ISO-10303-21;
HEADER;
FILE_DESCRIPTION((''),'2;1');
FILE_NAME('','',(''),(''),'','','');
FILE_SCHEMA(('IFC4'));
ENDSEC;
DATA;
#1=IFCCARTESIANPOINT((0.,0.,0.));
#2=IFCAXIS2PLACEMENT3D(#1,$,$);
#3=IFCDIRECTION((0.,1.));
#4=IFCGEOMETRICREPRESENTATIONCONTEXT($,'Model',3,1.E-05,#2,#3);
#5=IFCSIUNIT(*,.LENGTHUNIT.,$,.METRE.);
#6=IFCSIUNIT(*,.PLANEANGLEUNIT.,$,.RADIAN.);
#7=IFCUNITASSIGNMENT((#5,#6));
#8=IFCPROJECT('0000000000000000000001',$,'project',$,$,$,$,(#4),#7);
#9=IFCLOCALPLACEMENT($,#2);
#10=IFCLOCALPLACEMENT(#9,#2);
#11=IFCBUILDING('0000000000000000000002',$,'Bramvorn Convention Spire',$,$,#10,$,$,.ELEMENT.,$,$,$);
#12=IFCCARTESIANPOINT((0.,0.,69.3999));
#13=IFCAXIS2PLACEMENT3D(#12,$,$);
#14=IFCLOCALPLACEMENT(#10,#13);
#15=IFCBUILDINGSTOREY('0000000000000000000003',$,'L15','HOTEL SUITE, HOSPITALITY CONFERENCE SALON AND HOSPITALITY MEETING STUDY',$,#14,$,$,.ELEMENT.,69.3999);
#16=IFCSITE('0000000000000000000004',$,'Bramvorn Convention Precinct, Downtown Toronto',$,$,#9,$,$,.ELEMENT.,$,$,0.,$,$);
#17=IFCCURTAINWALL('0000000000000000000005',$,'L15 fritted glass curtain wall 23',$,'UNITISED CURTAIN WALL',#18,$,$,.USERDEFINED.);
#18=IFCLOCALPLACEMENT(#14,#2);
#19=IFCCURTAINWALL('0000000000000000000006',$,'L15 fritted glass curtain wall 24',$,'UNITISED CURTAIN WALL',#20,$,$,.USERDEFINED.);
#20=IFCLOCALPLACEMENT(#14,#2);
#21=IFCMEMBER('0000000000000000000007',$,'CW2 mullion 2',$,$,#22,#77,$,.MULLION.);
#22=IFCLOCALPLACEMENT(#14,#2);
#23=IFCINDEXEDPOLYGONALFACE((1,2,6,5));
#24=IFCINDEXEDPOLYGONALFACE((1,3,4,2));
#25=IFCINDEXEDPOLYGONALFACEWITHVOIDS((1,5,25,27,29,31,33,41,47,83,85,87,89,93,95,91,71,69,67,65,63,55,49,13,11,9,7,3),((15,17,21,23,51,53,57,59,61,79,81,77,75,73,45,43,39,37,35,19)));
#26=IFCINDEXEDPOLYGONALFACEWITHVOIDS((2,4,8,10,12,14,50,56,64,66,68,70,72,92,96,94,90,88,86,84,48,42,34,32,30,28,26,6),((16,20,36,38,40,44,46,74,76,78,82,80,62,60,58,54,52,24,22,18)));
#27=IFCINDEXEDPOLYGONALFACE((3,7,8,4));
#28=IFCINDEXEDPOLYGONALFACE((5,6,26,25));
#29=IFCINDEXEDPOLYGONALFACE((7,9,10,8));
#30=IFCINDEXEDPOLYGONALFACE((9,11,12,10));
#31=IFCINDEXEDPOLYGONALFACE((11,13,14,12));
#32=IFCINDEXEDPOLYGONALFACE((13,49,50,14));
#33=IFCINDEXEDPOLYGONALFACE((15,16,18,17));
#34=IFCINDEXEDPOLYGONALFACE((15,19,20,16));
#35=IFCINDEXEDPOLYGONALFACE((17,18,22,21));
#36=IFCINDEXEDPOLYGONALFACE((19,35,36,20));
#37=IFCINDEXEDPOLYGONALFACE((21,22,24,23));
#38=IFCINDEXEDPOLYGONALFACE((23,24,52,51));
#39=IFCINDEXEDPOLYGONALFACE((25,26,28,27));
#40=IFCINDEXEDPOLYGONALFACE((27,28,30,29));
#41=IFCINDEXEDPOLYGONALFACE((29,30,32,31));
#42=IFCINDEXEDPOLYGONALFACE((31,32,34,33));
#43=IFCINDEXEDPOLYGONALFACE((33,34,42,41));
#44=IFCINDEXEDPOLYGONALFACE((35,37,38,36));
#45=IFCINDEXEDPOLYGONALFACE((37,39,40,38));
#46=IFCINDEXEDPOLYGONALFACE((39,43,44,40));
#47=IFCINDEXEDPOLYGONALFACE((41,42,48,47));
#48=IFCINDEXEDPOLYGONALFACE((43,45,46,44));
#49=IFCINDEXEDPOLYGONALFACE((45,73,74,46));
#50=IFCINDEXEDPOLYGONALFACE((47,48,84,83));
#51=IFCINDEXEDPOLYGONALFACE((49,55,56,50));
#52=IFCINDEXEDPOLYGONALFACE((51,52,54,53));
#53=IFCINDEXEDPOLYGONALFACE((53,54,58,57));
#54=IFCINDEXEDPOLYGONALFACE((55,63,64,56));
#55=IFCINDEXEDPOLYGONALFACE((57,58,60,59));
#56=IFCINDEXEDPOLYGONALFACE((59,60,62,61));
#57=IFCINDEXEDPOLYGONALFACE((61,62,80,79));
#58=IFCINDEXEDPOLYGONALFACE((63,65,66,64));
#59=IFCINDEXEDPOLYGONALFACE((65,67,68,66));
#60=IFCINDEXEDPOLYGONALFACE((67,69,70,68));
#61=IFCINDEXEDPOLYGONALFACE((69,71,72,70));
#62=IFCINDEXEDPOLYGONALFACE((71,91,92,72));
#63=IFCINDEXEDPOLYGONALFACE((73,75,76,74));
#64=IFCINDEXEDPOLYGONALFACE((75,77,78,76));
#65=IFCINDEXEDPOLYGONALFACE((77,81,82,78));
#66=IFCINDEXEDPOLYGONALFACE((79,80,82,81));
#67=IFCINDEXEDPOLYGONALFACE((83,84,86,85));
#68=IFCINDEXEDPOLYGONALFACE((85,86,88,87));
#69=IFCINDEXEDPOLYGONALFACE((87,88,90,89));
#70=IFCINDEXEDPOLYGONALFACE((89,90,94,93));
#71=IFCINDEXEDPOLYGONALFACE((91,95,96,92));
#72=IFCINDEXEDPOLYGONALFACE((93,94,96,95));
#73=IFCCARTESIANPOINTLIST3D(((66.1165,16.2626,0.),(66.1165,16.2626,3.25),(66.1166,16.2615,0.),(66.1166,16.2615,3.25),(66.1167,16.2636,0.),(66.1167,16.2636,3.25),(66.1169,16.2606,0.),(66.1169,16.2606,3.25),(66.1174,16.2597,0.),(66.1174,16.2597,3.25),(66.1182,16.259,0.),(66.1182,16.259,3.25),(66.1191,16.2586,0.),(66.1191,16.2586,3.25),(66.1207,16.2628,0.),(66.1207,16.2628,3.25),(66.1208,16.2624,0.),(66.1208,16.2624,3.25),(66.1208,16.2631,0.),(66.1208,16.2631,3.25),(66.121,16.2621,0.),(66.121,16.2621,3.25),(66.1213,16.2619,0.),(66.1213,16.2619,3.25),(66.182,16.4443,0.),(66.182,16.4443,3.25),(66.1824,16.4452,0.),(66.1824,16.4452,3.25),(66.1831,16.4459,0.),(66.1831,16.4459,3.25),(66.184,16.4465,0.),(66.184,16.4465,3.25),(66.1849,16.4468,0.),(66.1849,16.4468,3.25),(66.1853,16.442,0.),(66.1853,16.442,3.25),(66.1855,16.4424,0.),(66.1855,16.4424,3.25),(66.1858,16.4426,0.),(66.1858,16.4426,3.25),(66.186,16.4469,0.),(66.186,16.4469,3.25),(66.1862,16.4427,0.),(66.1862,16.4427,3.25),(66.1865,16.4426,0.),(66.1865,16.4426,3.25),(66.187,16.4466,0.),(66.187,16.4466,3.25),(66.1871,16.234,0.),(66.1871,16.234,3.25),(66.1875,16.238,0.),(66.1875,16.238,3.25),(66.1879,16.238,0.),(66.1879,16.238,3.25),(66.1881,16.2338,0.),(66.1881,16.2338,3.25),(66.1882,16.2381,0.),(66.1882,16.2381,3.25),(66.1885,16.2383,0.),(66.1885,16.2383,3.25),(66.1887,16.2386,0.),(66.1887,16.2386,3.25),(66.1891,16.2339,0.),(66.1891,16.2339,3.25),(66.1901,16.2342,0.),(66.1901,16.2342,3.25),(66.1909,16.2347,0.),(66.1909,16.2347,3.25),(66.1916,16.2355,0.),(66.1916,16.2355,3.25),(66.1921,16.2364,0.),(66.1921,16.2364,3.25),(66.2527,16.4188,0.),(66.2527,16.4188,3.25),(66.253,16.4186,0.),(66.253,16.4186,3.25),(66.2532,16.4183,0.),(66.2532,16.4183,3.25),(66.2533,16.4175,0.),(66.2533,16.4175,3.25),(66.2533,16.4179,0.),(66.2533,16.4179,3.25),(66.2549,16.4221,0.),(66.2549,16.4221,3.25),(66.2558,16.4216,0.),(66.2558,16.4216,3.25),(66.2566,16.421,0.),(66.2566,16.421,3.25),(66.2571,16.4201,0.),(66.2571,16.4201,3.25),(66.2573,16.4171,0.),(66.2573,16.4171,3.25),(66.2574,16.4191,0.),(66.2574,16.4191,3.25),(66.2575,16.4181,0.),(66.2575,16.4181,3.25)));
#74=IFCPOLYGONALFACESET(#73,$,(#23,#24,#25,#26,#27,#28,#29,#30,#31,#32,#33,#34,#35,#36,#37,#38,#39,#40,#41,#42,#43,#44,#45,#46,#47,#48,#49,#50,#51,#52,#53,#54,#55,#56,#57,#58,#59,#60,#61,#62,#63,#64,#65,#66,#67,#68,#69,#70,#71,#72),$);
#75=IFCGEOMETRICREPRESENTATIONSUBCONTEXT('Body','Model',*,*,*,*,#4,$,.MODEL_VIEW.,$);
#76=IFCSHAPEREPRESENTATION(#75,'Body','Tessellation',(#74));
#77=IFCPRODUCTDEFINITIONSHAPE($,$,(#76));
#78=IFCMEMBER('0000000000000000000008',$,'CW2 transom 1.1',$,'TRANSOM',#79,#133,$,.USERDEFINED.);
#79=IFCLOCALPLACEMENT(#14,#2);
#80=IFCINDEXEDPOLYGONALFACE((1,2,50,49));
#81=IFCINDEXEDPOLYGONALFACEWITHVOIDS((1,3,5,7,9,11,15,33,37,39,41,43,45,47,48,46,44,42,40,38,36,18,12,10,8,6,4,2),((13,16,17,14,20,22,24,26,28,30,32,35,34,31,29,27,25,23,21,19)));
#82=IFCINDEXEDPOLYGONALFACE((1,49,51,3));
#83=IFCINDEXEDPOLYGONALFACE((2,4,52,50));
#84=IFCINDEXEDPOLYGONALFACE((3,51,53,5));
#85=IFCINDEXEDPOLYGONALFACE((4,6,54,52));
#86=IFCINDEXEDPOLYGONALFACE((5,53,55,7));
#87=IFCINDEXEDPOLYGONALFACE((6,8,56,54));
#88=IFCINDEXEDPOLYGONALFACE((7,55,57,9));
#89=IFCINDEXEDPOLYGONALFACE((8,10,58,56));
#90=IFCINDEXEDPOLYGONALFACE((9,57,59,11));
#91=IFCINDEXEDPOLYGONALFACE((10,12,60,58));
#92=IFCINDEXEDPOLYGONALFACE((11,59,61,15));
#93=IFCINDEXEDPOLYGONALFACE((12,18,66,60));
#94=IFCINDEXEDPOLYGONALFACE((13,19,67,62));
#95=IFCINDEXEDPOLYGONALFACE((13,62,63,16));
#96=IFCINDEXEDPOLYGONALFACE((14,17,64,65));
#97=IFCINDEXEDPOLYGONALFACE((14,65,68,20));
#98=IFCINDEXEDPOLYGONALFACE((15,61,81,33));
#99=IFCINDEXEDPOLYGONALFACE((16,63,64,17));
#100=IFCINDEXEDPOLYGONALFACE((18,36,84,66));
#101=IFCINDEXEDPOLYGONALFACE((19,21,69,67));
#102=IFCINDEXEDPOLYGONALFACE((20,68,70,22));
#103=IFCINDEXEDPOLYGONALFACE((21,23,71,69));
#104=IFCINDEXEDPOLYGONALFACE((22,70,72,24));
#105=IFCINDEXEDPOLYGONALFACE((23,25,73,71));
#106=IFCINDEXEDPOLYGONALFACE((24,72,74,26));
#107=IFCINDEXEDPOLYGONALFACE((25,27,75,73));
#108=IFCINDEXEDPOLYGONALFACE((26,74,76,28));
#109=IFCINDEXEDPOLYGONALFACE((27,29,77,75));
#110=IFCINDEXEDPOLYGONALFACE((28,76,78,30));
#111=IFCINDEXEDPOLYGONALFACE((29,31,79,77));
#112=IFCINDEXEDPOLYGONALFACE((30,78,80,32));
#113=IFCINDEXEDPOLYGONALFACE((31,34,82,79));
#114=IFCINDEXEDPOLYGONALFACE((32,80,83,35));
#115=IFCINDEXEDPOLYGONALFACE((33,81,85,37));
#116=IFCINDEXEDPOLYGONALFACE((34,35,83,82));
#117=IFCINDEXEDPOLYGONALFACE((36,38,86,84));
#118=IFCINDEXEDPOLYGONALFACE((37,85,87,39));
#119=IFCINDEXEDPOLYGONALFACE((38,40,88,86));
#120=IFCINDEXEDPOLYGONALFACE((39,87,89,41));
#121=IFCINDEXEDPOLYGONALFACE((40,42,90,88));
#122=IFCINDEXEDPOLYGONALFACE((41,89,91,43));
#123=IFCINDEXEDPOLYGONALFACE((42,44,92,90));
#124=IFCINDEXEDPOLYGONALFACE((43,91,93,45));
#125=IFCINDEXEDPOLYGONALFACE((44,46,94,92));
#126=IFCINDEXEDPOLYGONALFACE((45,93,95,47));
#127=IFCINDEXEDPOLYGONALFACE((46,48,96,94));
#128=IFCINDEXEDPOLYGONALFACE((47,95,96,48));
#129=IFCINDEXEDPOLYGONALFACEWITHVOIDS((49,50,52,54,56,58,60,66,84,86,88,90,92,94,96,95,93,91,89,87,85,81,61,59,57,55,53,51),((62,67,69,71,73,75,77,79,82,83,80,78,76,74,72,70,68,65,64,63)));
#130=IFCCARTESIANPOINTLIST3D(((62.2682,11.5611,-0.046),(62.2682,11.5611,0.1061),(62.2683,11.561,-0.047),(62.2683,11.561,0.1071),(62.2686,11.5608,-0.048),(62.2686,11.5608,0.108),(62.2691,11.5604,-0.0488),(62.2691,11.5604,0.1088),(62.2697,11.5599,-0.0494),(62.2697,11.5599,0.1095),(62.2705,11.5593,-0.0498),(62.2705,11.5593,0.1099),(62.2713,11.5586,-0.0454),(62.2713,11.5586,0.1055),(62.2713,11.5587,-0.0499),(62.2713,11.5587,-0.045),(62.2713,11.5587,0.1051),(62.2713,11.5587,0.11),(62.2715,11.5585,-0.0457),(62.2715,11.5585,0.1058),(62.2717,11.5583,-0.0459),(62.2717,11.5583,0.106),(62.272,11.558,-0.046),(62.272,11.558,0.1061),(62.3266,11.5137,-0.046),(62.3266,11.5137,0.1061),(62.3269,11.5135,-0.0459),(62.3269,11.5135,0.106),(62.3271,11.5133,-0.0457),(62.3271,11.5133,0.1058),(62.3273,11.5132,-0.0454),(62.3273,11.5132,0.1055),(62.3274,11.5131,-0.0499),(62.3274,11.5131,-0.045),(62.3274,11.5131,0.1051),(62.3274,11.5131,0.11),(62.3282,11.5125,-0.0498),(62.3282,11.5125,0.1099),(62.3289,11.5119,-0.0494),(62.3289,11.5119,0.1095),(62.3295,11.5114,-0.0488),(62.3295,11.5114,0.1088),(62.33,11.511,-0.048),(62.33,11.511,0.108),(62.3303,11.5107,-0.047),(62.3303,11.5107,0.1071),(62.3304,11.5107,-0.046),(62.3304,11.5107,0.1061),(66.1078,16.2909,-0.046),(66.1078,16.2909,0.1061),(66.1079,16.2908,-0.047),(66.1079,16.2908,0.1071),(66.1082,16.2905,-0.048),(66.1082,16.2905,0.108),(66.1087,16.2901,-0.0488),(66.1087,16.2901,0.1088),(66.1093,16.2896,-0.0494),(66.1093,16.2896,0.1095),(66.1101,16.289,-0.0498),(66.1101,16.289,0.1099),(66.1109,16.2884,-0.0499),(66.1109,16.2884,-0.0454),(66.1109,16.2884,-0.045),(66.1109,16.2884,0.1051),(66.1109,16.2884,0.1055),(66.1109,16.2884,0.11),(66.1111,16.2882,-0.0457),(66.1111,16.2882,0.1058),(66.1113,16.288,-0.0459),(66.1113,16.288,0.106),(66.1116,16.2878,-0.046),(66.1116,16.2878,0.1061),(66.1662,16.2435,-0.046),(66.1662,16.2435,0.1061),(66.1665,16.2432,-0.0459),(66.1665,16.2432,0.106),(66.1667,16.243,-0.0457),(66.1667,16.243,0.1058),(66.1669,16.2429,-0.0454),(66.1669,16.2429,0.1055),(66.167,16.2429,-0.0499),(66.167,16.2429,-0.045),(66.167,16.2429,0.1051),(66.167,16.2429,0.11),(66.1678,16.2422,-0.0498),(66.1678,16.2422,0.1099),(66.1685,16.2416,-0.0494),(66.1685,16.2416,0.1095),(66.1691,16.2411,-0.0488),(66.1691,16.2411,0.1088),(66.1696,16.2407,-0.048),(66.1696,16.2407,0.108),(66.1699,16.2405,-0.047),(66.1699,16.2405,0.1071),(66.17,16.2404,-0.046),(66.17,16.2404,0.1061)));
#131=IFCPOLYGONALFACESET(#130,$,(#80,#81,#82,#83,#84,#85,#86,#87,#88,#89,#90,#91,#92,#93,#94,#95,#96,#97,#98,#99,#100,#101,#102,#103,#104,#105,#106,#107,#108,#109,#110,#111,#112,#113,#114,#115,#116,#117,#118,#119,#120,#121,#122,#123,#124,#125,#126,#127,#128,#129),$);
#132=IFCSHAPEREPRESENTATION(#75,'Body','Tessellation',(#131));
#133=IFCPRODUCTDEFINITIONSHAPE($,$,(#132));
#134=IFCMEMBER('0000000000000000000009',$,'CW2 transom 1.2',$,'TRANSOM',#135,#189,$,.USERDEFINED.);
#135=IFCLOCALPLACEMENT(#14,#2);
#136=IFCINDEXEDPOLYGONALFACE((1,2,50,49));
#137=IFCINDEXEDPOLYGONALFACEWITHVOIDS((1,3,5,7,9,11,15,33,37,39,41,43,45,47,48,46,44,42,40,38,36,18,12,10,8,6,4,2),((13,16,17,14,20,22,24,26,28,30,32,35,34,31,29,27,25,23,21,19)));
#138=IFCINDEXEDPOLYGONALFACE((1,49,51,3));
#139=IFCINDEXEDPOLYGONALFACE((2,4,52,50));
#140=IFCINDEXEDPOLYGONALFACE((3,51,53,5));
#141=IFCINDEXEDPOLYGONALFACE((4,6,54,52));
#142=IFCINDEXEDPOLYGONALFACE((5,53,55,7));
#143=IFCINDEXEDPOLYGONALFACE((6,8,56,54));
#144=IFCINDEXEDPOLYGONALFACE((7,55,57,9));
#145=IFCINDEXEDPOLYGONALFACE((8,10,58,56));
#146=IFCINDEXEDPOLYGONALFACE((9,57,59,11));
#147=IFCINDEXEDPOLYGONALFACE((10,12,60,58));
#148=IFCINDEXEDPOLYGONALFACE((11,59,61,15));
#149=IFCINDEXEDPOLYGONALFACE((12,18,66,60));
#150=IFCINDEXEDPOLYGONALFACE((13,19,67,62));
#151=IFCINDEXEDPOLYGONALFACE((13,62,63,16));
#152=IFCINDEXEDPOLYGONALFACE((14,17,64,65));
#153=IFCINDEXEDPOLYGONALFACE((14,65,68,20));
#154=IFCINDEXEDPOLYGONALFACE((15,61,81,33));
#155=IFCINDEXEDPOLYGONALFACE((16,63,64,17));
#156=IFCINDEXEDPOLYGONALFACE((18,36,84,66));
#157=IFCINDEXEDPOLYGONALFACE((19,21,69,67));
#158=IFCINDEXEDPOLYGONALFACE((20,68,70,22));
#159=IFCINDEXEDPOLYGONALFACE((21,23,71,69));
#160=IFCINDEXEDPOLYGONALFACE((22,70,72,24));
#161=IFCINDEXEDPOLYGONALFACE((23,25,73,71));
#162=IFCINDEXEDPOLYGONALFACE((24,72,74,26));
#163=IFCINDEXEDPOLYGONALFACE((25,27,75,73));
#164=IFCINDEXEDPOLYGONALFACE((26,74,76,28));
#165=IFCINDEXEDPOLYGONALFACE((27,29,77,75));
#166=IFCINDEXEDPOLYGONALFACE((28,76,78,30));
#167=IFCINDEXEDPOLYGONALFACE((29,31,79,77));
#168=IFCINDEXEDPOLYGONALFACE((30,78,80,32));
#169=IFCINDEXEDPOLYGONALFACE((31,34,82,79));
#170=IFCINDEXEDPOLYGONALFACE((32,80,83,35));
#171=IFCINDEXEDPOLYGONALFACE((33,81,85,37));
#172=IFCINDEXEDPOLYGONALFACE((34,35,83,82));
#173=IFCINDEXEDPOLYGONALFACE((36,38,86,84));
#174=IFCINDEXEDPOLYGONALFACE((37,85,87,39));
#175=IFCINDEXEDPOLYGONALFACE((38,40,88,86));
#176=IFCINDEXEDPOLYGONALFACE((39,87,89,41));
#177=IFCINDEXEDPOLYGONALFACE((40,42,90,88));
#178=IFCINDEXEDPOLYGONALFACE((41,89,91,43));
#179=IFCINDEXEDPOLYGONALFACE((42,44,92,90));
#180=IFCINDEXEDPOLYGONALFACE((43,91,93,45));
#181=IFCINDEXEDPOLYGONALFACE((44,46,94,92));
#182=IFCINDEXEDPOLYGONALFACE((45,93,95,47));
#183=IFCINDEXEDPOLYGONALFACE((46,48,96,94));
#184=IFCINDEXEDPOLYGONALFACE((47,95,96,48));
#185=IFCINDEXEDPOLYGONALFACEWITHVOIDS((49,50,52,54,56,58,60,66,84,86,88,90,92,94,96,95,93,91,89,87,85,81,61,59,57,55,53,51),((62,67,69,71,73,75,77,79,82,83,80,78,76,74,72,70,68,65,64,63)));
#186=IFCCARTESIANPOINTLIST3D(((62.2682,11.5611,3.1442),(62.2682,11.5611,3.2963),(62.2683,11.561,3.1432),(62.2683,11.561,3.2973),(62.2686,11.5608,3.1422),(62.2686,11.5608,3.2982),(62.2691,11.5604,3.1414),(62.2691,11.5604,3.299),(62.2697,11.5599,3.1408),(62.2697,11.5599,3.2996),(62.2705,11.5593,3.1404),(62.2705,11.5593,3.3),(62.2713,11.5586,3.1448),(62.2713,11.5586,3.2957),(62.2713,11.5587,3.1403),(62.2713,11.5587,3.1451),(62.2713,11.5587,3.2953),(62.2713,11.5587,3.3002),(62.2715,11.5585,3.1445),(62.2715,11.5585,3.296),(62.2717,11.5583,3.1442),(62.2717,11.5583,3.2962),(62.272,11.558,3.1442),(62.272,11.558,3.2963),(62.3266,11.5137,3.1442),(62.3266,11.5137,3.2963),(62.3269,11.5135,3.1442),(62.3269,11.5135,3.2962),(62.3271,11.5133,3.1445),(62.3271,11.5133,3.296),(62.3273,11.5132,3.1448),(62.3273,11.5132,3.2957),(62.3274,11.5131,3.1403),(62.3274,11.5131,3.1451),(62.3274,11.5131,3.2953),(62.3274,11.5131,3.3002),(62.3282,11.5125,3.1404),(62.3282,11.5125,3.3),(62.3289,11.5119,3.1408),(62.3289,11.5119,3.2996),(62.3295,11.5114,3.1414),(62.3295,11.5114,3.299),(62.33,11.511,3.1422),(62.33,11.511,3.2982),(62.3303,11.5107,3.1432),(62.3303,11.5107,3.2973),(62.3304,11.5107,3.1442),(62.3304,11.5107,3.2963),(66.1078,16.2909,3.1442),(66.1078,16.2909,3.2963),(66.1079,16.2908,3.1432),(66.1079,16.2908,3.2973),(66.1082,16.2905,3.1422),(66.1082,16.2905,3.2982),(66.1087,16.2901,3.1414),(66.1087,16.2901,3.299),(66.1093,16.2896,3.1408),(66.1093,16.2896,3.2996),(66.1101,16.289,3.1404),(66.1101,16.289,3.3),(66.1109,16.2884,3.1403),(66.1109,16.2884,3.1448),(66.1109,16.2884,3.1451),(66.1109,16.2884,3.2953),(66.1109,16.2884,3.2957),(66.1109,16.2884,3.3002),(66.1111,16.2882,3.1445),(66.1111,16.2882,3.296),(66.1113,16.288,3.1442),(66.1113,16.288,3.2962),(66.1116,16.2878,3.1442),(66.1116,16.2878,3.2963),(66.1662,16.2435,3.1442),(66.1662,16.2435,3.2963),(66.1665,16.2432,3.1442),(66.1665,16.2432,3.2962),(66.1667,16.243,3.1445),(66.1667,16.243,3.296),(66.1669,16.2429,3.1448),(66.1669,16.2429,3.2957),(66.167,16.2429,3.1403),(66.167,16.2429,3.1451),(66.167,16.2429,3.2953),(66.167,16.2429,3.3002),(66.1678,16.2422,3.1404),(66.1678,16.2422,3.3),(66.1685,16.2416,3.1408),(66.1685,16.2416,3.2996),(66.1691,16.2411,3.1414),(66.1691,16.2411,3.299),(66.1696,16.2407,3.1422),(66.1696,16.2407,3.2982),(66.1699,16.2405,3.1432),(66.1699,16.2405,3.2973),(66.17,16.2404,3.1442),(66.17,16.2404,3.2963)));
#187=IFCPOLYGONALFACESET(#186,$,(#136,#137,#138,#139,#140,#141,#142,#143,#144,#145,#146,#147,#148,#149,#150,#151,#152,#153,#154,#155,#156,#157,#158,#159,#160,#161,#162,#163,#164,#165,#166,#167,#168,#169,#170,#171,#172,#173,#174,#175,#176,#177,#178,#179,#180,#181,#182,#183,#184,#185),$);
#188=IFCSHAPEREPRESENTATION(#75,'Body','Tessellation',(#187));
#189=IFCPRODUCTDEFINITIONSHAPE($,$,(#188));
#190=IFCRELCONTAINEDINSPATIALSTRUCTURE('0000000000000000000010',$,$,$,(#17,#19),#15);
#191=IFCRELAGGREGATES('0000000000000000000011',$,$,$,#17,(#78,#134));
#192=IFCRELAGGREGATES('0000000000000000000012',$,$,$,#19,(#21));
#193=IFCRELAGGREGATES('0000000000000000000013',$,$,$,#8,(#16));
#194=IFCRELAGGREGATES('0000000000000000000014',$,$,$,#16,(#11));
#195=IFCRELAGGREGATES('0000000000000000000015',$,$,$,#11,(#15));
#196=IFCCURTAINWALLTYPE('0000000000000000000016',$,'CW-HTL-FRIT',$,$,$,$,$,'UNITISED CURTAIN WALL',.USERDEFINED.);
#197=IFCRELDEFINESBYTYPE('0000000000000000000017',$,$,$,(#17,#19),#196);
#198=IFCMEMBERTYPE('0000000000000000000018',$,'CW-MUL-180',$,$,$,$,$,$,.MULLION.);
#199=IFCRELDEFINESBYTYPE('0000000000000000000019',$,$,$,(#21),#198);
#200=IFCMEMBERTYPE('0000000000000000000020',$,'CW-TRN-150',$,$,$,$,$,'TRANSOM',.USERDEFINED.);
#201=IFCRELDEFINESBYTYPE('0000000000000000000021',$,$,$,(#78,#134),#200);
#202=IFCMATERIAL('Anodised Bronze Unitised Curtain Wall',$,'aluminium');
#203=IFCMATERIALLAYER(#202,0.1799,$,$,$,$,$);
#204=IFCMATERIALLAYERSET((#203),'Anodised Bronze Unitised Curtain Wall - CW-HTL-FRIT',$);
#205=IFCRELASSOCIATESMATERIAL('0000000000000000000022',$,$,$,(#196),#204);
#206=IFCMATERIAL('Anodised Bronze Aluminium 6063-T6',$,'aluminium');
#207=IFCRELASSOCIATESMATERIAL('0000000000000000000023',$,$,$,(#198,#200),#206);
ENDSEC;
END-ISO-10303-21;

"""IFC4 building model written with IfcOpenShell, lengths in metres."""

from ifc_helpers import new_model, si_unit, direction, frame, origin, origin_2d, place, context, subcontext, project, spatial, hollow_rectangle, extrude, material, layer, layer_set, material_profile, profile_set, type_object, element, aggregate, save


model = new_model("IFC4")

# Units and contexts
model_context = context("Model", 3, precision=1e-05, world=origin(), true_north=direction((0.0, 1.0)))
body_context = subcontext(model_context, "Body", "Model", "MODEL_VIEW")
ifc_project = project(units=[si_unit("LENGTHUNIT", "METRE"), si_unit("PLANEANGLEUNIT", "RADIAN")], contexts=[model_context])

# Site, building, storey
site_placement = place(None, origin())
site = spatial("IfcSite", under=ifc_project, at=site_placement, Name="Bramvorn Convention Precinct, Downtown Toronto", CompositionType="ELEMENT", RefElevation=0.0)
building_placement = place(site_placement, origin())
building = spatial("IfcBuilding", under=site, at=building_placement, Name="Bramvorn Convention Spire", CompositionType="ELEMENT")
storey_placement = place(building_placement, frame((0.0, 0.0, 69.3999)))
storey = spatial("IfcBuildingStorey", under=building, at=storey_placement, Name="L15", Description="HOTEL SUITE, HOSPITALITY CONFERENCE SALON AND HOSPITALITY MEETING STUDY", CompositionType="ELEMENT", Elevation=69.3999)

# Curtain walls, member
ifc_material_1 = material(Name="Anodised Bronze Unitised Curtain Wall", Category="aluminium")
ifc_layer_1 = layer(ifc_material_1, 0.1799)
ifc_layer_set_1 = layer_set([ifc_layer_1], Name="Anodised Bronze Unitised Curtain Wall - CW-HTL-FRIT")
curtain_wall_type = type_object("IfcCurtainWallType", Name="CW-HTL-FRIT", ElementType="UNITISED CURTAIN WALL", PredefinedType="USERDEFINED", material=ifc_layer_set_1)
curtain_wall_1_placement = place(storey_placement, origin())
curtain_wall_1 = element("IfcCurtainWall", 1, at=curtain_wall_1_placement, inside=storey, type_object=curtain_wall_type, Name="L15 fritted glass curtain wall 23", ObjectType="UNITISED CURTAIN WALL", PredefinedType="USERDEFINED")
ifc_material_2 = material(Name="Anodised Bronze Aluminium 6063-T6", Category="aluminium")
ifc_material_profile_1 = material_profile(ifc_material_2, hollow_rectangle(XDim=0.0801, YDim=0.2, WallThickness=0.0039, InnerFilletRadius=0.001, OuterFilletRadius=0.0039, at=origin_2d()))
ifc_profile_set_1 = profile_set([ifc_material_profile_1], Name="Anodised Bronze Aluminium 6063-T6 - CWM80X200")
member_type_1 = type_object("IfcMemberType", Name="CW-MUL-180", PredefinedType="MULLION", material=ifc_profile_set_1)
curtain_wall_2_placement = place(storey_placement, origin())
curtain_wall_2 = element("IfcCurtainWall", 2, at=curtain_wall_2_placement, inside=storey, type_object=curtain_wall_type, Name="L15 fritted glass curtain wall 24", ObjectType="UNITISED CURTAIN WALL", PredefinedType="USERDEFINED")
member_1_placement = place(storey_placement, frame((66.187, 16.3403, 0.0), z_axis=(0.0, 0.0, 1.0), x_axis=(0.940655, -0.339364, 0.0)))
member_1 = element("IfcMember", 3, at=member_1_placement, type_object=member_type_1, Name="CW2 mullion 2", PredefinedType="MULLION", context=body_context, shape_type="SweptSolid", body=[
    extrude(hollow_rectangle(XDim=0.0801, YDim=0.2, WallThickness=0.0039, InnerFilletRadius=0.001, OuterFilletRadius=0.0039, at=origin_2d()), origin(), (0.0, 0.0, 1.0), 3.25),
])

# Members
ifc_material_profile_2 = material_profile(ifc_material_2, hollow_rectangle(XDim=0.0801, YDim=0.1599, WallThickness=0.0039, InnerFilletRadius=0.001, OuterFilletRadius=0.0039, at=origin_2d()))
ifc_profile_set_2 = profile_set([ifc_material_profile_2], Name="Anodised Bronze Aluminium 6063-T6 - CWT80X160")
member_type_2 = type_object("IfcMemberType", Name="CW-TRN-150", ElementType="TRANSOM", PredefinedType="USERDEFINED", material=ifc_profile_set_2)
member_2_placement = place(storey_placement, frame((66.1389, 16.2656, 0.03), z_axis=(-0.630265, -0.77638, 0.0), x_axis=(0.77638, -0.630265, 0.0)))
member_2 = element("IfcMember", 4, at=member_2_placement, type_object=member_type_2, Name="CW2 transom 1.1", ObjectType="TRANSOM", PredefinedType="USERDEFINED", context=body_context, shape_type="SweptSolid", body=[
    extrude(hollow_rectangle(XDim=0.0801, YDim=0.1599, WallThickness=0.0039, InnerFilletRadius=0.001, OuterFilletRadius=0.0039, at=origin_2d()), origin(), (0.0, 0.0, 1.0), 6.092),
])
member_3_placement = place(storey_placement, frame((66.1389, 16.2656, 3.2202), z_axis=(-0.630265, -0.77638, 0.0), x_axis=(0.77638, -0.630265, 0.0)))
member_3 = element("IfcMember", 5, at=member_3_placement, type_object=member_type_2, Name="CW2 transom 1.2", ObjectType="TRANSOM", PredefinedType="USERDEFINED", context=body_context, shape_type="SweptSolid", body=[
    extrude(hollow_rectangle(XDim=0.0801, YDim=0.1599, WallThickness=0.0039, InnerFilletRadius=0.001, OuterFilletRadius=0.0039, at=origin_2d()), origin(), (0.0, 0.0, 1.0), 6.092),
])

aggregate(curtain_wall_1, [member_2, member_3])
aggregate(curtain_wall_2, [member_1])

save(model, "model.ifc")
